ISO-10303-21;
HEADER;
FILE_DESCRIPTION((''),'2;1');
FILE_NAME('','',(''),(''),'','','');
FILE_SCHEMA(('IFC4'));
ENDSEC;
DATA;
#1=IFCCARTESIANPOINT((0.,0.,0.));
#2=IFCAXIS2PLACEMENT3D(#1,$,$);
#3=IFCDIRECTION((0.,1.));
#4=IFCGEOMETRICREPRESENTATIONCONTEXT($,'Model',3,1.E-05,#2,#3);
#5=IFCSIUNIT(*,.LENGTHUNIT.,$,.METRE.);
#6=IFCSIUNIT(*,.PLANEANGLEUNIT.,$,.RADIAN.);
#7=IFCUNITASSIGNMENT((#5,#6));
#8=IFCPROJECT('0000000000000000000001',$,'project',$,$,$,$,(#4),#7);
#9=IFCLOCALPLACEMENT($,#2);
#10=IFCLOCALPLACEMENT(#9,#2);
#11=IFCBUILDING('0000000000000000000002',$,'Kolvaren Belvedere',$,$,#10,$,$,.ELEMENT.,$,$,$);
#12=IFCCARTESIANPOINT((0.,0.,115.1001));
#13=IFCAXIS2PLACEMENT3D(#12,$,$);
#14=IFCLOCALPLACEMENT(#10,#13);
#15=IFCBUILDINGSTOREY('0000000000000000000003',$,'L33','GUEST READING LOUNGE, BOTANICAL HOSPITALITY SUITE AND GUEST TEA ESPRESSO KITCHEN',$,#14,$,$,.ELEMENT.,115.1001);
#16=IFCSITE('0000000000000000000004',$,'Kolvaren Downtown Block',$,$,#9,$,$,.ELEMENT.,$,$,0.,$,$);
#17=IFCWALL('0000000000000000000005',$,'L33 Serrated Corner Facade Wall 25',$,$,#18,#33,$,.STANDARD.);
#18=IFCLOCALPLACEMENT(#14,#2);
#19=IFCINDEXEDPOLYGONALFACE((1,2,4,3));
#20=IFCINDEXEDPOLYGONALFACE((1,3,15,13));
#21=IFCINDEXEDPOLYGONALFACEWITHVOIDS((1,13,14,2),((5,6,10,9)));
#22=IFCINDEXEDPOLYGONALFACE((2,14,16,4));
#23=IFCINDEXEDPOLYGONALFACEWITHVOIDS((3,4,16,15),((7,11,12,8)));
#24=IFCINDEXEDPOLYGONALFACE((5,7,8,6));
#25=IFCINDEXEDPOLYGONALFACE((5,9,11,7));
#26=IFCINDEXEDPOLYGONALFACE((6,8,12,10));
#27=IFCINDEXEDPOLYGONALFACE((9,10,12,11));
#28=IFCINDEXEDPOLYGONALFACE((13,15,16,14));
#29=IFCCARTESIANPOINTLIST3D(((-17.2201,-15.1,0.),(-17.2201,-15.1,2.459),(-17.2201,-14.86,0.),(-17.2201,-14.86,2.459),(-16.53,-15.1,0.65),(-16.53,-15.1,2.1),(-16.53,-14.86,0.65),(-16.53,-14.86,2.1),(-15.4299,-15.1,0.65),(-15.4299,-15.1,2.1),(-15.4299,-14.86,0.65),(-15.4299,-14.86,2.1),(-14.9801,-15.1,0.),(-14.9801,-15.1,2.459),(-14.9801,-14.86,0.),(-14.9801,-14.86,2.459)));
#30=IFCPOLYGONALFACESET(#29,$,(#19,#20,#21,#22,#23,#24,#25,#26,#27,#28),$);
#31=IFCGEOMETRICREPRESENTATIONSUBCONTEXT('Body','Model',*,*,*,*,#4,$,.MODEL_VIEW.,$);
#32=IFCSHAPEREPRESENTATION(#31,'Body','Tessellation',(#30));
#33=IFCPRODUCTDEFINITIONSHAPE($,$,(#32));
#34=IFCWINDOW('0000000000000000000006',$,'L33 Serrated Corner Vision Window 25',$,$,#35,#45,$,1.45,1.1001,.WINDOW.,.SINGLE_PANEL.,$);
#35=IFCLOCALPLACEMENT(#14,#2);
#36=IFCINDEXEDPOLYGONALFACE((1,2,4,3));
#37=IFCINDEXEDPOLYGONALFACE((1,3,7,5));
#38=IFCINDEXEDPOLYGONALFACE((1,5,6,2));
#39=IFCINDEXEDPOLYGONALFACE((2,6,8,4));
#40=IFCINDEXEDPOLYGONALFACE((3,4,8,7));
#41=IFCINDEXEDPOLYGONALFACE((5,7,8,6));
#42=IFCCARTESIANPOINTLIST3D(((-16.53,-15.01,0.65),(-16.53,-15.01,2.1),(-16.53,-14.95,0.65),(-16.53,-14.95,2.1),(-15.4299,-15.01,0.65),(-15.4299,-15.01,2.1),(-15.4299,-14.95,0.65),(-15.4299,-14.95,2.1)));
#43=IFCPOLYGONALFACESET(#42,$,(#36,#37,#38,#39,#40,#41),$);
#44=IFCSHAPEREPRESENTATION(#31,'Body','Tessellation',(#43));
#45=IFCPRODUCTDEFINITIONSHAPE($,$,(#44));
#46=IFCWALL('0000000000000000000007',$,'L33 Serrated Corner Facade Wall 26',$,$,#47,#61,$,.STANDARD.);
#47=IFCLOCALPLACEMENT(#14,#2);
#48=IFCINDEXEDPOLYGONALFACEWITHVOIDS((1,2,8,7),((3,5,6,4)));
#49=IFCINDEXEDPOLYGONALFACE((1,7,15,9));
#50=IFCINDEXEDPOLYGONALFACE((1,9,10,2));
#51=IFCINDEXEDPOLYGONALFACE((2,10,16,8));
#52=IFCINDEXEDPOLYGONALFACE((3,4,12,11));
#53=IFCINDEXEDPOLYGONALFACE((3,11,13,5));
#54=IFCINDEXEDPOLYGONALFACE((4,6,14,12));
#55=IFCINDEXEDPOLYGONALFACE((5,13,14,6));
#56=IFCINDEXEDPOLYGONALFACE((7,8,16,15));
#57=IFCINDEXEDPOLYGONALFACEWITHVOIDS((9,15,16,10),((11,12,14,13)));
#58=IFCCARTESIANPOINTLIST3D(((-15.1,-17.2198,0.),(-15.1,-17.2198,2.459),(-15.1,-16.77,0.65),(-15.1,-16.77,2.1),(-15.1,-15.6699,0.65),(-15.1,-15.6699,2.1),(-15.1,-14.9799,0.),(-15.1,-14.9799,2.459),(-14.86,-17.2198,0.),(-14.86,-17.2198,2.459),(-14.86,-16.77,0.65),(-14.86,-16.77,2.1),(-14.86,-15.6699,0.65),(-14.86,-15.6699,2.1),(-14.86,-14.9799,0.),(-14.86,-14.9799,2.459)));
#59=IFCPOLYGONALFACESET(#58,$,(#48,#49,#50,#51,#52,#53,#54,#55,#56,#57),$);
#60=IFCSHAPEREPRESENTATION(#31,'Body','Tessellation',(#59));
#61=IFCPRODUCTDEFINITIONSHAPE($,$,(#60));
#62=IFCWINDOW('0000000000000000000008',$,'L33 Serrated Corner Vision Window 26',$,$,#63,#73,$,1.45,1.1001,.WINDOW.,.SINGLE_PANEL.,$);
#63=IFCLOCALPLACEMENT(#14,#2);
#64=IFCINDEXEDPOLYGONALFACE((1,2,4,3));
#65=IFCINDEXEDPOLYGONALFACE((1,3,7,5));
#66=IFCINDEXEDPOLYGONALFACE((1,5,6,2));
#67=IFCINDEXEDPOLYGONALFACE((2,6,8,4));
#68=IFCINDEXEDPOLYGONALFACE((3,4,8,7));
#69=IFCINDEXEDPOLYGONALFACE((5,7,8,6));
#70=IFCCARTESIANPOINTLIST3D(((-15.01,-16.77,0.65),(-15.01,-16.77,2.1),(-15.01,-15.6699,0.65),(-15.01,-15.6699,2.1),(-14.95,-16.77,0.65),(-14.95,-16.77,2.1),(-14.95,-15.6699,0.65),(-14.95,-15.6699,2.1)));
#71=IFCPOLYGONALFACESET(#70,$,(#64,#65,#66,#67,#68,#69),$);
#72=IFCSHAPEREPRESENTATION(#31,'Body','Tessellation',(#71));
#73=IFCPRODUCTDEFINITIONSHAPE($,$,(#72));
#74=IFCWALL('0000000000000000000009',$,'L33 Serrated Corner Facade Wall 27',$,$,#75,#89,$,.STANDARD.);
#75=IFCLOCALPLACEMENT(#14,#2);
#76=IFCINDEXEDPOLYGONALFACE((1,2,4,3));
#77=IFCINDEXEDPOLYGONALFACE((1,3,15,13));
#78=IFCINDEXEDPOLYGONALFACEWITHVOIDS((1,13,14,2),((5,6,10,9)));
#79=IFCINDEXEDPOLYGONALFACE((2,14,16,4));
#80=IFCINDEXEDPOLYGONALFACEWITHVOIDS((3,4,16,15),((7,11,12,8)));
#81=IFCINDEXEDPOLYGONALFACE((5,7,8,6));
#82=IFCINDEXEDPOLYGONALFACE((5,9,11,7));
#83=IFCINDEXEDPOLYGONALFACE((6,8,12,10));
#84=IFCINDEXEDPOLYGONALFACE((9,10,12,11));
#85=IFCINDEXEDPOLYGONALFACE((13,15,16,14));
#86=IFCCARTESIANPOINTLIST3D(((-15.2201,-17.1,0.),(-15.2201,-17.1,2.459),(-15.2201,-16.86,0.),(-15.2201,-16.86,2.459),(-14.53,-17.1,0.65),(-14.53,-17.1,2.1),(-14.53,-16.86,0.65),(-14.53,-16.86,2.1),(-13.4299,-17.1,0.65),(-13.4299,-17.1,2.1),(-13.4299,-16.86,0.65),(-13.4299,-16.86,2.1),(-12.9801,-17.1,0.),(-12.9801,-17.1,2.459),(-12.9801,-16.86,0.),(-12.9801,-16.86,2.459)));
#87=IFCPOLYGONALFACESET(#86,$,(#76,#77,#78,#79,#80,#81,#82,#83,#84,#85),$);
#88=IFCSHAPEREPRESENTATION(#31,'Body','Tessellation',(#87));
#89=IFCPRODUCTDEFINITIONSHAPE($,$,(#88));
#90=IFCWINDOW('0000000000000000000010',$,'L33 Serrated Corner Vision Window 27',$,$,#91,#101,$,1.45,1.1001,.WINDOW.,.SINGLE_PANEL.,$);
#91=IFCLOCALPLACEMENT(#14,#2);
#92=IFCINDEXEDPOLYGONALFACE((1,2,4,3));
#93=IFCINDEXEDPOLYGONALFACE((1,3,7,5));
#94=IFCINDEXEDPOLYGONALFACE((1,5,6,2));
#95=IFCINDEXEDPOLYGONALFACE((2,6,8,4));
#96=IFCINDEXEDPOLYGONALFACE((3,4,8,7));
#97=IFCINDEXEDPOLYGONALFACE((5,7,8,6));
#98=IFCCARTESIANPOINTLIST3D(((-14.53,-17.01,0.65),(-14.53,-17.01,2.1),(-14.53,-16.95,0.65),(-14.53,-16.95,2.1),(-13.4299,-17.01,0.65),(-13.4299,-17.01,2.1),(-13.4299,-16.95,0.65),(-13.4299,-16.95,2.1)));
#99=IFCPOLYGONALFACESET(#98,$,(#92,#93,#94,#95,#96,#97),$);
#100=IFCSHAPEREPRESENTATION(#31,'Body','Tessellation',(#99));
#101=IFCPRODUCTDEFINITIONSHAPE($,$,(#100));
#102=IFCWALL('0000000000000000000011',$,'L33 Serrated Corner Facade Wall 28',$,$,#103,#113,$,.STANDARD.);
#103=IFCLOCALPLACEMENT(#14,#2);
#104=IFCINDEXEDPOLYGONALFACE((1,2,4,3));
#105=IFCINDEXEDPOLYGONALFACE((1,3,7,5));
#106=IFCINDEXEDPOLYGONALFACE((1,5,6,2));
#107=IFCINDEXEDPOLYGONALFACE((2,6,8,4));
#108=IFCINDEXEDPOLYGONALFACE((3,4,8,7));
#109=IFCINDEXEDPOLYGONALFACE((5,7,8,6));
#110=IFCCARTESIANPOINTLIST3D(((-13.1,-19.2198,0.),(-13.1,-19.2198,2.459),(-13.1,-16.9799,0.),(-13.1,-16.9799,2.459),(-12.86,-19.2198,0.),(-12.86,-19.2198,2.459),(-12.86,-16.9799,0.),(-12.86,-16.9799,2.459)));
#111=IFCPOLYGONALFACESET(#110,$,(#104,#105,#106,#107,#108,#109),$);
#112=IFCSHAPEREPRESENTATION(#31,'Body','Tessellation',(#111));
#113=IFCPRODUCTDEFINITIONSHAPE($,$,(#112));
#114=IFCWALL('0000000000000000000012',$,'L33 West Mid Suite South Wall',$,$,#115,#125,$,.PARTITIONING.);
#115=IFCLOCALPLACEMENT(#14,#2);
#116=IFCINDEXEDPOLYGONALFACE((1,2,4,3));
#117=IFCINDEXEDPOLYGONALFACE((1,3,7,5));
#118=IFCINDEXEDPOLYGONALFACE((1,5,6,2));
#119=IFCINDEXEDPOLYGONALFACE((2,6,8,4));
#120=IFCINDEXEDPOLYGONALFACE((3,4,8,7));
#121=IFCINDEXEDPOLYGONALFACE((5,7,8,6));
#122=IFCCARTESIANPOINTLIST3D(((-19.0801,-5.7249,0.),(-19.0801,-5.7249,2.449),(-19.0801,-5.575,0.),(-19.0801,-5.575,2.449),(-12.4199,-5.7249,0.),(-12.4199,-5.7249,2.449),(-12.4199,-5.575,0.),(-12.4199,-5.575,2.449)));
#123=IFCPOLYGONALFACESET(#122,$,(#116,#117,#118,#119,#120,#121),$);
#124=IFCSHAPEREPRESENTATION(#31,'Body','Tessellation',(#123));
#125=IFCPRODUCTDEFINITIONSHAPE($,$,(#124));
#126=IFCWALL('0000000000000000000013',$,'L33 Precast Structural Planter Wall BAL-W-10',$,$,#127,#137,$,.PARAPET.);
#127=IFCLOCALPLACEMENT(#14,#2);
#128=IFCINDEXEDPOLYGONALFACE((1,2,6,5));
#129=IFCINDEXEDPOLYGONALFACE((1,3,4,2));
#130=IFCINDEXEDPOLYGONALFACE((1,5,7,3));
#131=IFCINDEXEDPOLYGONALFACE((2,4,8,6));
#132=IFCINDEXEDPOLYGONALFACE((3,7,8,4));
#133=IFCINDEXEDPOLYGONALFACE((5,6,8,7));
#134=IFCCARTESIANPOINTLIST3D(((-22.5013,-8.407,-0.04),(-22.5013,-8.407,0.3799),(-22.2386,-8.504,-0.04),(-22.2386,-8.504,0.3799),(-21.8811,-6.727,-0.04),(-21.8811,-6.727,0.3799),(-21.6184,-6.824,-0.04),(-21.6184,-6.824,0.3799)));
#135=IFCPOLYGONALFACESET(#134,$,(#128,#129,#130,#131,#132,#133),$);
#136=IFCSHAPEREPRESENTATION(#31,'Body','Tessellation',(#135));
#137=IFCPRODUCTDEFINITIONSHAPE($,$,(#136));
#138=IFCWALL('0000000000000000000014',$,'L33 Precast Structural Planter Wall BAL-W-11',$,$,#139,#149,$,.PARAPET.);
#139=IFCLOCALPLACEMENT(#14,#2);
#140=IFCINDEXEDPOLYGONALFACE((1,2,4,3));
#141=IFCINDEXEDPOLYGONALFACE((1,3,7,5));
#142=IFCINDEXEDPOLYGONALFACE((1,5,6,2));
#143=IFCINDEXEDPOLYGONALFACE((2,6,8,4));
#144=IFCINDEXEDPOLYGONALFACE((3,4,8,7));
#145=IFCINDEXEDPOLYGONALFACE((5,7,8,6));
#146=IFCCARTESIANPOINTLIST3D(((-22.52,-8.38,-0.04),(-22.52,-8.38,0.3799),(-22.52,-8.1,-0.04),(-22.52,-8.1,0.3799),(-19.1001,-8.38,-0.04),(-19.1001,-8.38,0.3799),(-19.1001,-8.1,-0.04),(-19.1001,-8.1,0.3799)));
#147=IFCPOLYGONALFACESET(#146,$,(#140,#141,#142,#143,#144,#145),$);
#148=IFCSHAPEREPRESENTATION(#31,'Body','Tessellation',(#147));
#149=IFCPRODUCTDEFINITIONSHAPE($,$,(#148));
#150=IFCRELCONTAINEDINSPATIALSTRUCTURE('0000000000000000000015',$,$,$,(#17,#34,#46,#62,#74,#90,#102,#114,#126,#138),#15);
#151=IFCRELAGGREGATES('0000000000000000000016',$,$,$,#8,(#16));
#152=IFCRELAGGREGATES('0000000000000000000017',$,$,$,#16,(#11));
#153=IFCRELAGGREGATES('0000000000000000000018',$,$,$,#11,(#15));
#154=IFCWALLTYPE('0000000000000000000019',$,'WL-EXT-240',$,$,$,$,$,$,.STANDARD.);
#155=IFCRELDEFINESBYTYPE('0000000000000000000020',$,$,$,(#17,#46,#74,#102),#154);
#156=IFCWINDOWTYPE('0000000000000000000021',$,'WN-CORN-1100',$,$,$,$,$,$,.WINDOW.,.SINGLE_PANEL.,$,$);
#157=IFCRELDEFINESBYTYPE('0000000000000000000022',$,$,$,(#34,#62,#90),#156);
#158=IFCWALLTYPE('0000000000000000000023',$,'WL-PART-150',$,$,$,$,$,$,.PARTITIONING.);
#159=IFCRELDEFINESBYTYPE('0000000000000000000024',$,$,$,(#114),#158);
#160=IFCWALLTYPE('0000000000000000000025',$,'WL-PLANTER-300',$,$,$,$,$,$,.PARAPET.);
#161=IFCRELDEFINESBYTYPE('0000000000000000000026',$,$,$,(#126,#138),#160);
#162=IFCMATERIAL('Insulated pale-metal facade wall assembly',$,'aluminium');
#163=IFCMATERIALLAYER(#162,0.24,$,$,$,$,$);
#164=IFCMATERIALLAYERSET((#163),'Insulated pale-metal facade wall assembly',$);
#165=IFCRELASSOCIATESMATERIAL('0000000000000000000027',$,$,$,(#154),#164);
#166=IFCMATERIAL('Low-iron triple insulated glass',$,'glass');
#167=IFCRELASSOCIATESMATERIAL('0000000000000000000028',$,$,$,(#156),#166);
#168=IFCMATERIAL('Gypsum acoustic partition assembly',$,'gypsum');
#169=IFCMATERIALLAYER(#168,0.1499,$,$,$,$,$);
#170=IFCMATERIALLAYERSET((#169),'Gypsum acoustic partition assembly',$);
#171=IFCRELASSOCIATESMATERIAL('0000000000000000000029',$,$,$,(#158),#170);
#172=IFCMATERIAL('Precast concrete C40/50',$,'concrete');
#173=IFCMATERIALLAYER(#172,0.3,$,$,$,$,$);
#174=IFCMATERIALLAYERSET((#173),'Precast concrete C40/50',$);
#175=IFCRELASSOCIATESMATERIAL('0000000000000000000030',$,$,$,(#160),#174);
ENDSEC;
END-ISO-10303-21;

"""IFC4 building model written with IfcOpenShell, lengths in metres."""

from ifc_helpers import new_model, si_unit, direction, frame, frame_2d, origin, place, context, subcontext, project, spatial, rectangle, extrude, material, layer, layer_set, type_object, element, fill, save


model = new_model("IFC4")

# Units and contexts
model_context = context("Model", 3, precision=1e-05, world=origin(), true_north=direction((0.0, 1.0)))
body_context = subcontext(model_context, "Body", "Model", "MODEL_VIEW")
ifc_project = project(units=[si_unit("LENGTHUNIT", "METRE"), si_unit("PLANEANGLEUNIT", "RADIAN")], contexts=[model_context])

# Site, building, storey
site_placement = place(None, origin())
site = spatial("IfcSite", under=ifc_project, at=site_placement, Name="Kolvaren Downtown Block", CompositionType="ELEMENT", RefElevation=0.0)
building_placement = place(site_placement, origin())
building = spatial("IfcBuilding", under=site, at=building_placement, Name="Kolvaren Belvedere", CompositionType="ELEMENT")
storey_placement = place(building_placement, frame((0.0, 0.0, 115.1001)))
storey = spatial("IfcBuildingStorey", under=building, at=storey_placement, Name="L33", Description="GUEST READING LOUNGE, BOTANICAL HOSPITALITY SUITE AND GUEST TEA ESPRESSO KITCHEN", CompositionType="ELEMENT", Elevation=115.1001)

# Shared definitions
ifc_material_1 = material(Name="Insulated pale-metal facade wall assembly", Category="aluminium")
ifc_layer_1 = layer(ifc_material_1, 0.24)
ifc_layer_set_1 = layer_set([ifc_layer_1], Name="Insulated pale-metal facade wall assembly")
wall_type_1 = type_object("IfcWallType", Name="WL-EXT-240", PredefinedType="STANDARD", material=ifc_layer_set_1)

# Walls, openings, windows
ifc_material_2 = material(Name="Low-iron triple insulated glass", Category="glass")
window_type = type_object("IfcWindowType", Name="WN-CORN-1100", PartitioningType="SINGLE_PANEL", PredefinedType="WINDOW", material=ifc_material_2)
wall_1_placement = place(storey_placement, frame((-14.98, -14.98, 0.0), z_axis=(0.0, 0.0, 1.0), x_axis=(-1.0, 0.0, 0.0)))
wall_1 = element("IfcWall", 1, at=wall_1_placement, inside=storey, type_object=wall_type_1, Name="L33 Serrated Corner Facade Wall 25", PredefinedType="STANDARD", context=body_context, shape_type="SweptSolid", body=[
    extrude(rectangle(XDim=2.24, YDim=0.24, at=frame_2d((1.1201, 0.0))), origin(), (0.0, 0.0, 1.0), 2.459),
])
opening_1_placement = place(wall_1_placement, frame((0.45, 0.0, 0.6499)))
opening_1 = element("IfcOpeningElement", 2, at=opening_1_placement, cuts=wall_1, PredefinedType="OPENING", context=body_context, shape_type="SweptSolid", body=[
    extrude(rectangle(XDim=1.1001, YDim=1.45, at=frame_2d((0.55, 0.7251))), frame((0.0, 0.1299, 0.0), z_axis=(0.0, -1.0, 0.0), x_axis=(1.0, 0.0, 0.0)), (0.0, 0.0, 1.0), 0.26),
])
window_1_placement = place(opening_1_placement, origin())
window_1 = element("IfcWindow", 3, at=window_1_placement, inside=storey, type_object=window_type, Name="L33 Serrated Corner Vision Window 25", OverallHeight=1.45, OverallWidth=1.1001, PartitioningType="SINGLE_PANEL", PredefinedType="WINDOW", context=body_context, shape_type="SweptSolid", body=[
    extrude(rectangle(XDim=1.1001, YDim=1.45, at=frame_2d((0.55, 0.7251))), frame((0.0, 0.03, 0.0), z_axis=(0.0, -1.0, 0.0), x_axis=(1.0, 0.0, 0.0)), (0.0, 0.0, 1.0), 0.0601),
])
fill(opening_1, window_1)
wall_2_placement = place(storey_placement, frame((-14.98, -17.22, 0.0), z_axis=(0.0, 0.0, 1.0), x_axis=(0.0, 1.0, 0.0)))
wall_2 = element("IfcWall", 4, at=wall_2_placement, inside=storey, type_object=wall_type_1, Name="L33 Serrated Corner Facade Wall 26", PredefinedType="STANDARD", context=body_context, shape_type="SweptSolid", body=[
    extrude(rectangle(XDim=2.24, YDim=0.24, at=frame_2d((1.1201, 0.0))), origin(), (0.0, 0.0, 1.0), 2.459),
])
opening_2_placement = place(wall_2_placement, frame((0.45, 0.0, 0.6499)))
opening_2 = element("IfcOpeningElement", 5, at=opening_2_placement, cuts=wall_2, PredefinedType="OPENING", context=body_context, shape_type="SweptSolid", body=[
    extrude(rectangle(XDim=1.1001, YDim=1.45, at=frame_2d((0.55, 0.7251))), frame((0.0, 0.1299, 0.0), z_axis=(0.0, -1.0, 0.0), x_axis=(1.0, 0.0, 0.0)), (0.0, 0.0, 1.0), 0.26),
])
window_2_placement = place(opening_2_placement, origin())
window_2 = element("IfcWindow", 6, at=window_2_placement, inside=storey, type_object=window_type, Name="L33 Serrated Corner Vision Window 26", OverallHeight=1.45, OverallWidth=1.1001, PartitioningType="SINGLE_PANEL", PredefinedType="WINDOW", context=body_context, shape_type="SweptSolid", body=[
    extrude(rectangle(XDim=1.1001, YDim=1.45, at=frame_2d((0.55, 0.7251))), frame((0.0, 0.03, 0.0), z_axis=(0.0, -1.0, 0.0), x_axis=(1.0, 0.0, 0.0)), (0.0, 0.0, 1.0), 0.0601),
])
fill(opening_2, window_2)
wall_3_placement = place(storey_placement, frame((-12.98, -16.98, 0.0), z_axis=(0.0, 0.0, 1.0), x_axis=(-1.0, 0.0, 0.0)))
wall_3 = element("IfcWall", 7, at=wall_3_placement, inside=storey, type_object=wall_type_1, Name="L33 Serrated Corner Facade Wall 27", PredefinedType="STANDARD", context=body_context, shape_type="SweptSolid", body=[
    extrude(rectangle(XDim=2.24, YDim=0.24, at=frame_2d((1.1201, 0.0))), origin(), (0.0, 0.0, 1.0), 2.459),
])
opening_3_placement = place(wall_3_placement, frame((0.45, 0.0, 0.6499)))
opening_3 = element("IfcOpeningElement", 8, at=opening_3_placement, cuts=wall_3, PredefinedType="OPENING", context=body_context, shape_type="SweptSolid", body=[
    extrude(rectangle(XDim=1.1001, YDim=1.45, at=frame_2d((0.55, 0.7251))), frame((0.0, 0.1299, 0.0), z_axis=(0.0, -1.0, 0.0), x_axis=(1.0, 0.0, 0.0)), (0.0, 0.0, 1.0), 0.26),
])
window_3_placement = place(opening_3_placement, origin())
window_3 = element("IfcWindow", 9, at=window_3_placement, inside=storey, type_object=window_type, Name="L33 Serrated Corner Vision Window 27", OverallHeight=1.45, OverallWidth=1.1001, PartitioningType="SINGLE_PANEL", PredefinedType="WINDOW", context=body_context, shape_type="SweptSolid", body=[
    extrude(rectangle(XDim=1.1001, YDim=1.45, at=frame_2d((0.55, 0.7251))), frame((0.0, 0.03, 0.0), z_axis=(0.0, -1.0, 0.0), x_axis=(1.0, 0.0, 0.0)), (0.0, 0.0, 1.0), 0.0601),
])
fill(opening_3, window_3)

# Walls
wall_4_placement = place(storey_placement, frame((-12.98, -19.22, 0.0), z_axis=(0.0, 0.0, 1.0), x_axis=(0.0, 1.0, 0.0)))
element("IfcWall", 10, at=wall_4_placement, inside=storey, type_object=wall_type_1, Name="L33 Serrated Corner Facade Wall 28", PredefinedType="STANDARD", context=body_context, shape_type="SweptSolid", body=[
    extrude(rectangle(XDim=2.24, YDim=0.24, at=frame_2d((1.1201, 0.0))), origin(), (0.0, 0.0, 1.0), 2.459),
])
ifc_material_3 = material(Name="Gypsum acoustic partition assembly", Category="gypsum")
ifc_layer_2 = layer(ifc_material_3, 0.1499)
ifc_layer_set_2 = layer_set([ifc_layer_2], Name="Gypsum acoustic partition assembly")
wall_type_2 = type_object("IfcWallType", Name="WL-PART-150", PredefinedType="PARTITIONING", material=ifc_layer_set_2)
wall_5_placement = place(storey_placement, frame((-19.0801, -5.6499, 0.0), z_axis=(0.0, 0.0, 1.0), x_axis=(1.0, 0.0, 0.0)))
element("IfcWall", 11, at=wall_5_placement, inside=storey, type_object=wall_type_2, Name="L33 West Mid Suite South Wall", PredefinedType="PARTITIONING", context=body_context, shape_type="SweptSolid", body=[
    extrude(rectangle(XDim=6.6602, YDim=0.1499, at=frame_2d((3.3301, 0.0))), origin(), (0.0, 0.0, 1.0), 2.449),
])
ifc_material_4 = material(Name="Precast concrete C40/50", Category="concrete")
ifc_layer_3 = layer(ifc_material_4, 0.3)
ifc_layer_set_3 = layer_set([ifc_layer_3], Name="Precast concrete C40/50")
wall_type_3 = type_object("IfcWallType", Name="WL-PLANTER-300", PredefinedType="PARAPET", material=ifc_layer_set_3)
wall_6_placement = place(storey_placement, frame((-21.7498, -6.7754, -0.04), z_axis=(0.0, 0.0, 1.0), x_axis=(-0.346293, -0.938126, 0.0)))
element("IfcWall", 12, at=wall_6_placement, inside=storey, type_object=wall_type_3, Name="L33 Precast Structural Planter Wall BAL-W-10", PredefinedType="PARAPET", context=body_context, shape_type="SweptSolid", body=[
    extrude(rectangle(XDim=1.7908, YDim=0.28, at=frame_2d((0.8955, 0.0))), origin(), (0.0, 0.0, 1.0), 0.4199),
])
wall_7_placement = place(storey_placement, frame((-22.52, -8.24, -0.04), z_axis=(0.0, 0.0, 1.0), x_axis=(1.0, 0.0, 0.0)))
element("IfcWall", 13, at=wall_7_placement, inside=storey, type_object=wall_type_3, Name="L33 Precast Structural Planter Wall BAL-W-11", PredefinedType="PARAPET", context=body_context, shape_type="SweptSolid", body=[
    extrude(rectangle(XDim=3.4199, YDim=0.28, at=frame_2d((1.71, 0.0))), origin(), (0.0, 0.0, 1.0), 0.4199),
])

save(model, "model.ifc")
